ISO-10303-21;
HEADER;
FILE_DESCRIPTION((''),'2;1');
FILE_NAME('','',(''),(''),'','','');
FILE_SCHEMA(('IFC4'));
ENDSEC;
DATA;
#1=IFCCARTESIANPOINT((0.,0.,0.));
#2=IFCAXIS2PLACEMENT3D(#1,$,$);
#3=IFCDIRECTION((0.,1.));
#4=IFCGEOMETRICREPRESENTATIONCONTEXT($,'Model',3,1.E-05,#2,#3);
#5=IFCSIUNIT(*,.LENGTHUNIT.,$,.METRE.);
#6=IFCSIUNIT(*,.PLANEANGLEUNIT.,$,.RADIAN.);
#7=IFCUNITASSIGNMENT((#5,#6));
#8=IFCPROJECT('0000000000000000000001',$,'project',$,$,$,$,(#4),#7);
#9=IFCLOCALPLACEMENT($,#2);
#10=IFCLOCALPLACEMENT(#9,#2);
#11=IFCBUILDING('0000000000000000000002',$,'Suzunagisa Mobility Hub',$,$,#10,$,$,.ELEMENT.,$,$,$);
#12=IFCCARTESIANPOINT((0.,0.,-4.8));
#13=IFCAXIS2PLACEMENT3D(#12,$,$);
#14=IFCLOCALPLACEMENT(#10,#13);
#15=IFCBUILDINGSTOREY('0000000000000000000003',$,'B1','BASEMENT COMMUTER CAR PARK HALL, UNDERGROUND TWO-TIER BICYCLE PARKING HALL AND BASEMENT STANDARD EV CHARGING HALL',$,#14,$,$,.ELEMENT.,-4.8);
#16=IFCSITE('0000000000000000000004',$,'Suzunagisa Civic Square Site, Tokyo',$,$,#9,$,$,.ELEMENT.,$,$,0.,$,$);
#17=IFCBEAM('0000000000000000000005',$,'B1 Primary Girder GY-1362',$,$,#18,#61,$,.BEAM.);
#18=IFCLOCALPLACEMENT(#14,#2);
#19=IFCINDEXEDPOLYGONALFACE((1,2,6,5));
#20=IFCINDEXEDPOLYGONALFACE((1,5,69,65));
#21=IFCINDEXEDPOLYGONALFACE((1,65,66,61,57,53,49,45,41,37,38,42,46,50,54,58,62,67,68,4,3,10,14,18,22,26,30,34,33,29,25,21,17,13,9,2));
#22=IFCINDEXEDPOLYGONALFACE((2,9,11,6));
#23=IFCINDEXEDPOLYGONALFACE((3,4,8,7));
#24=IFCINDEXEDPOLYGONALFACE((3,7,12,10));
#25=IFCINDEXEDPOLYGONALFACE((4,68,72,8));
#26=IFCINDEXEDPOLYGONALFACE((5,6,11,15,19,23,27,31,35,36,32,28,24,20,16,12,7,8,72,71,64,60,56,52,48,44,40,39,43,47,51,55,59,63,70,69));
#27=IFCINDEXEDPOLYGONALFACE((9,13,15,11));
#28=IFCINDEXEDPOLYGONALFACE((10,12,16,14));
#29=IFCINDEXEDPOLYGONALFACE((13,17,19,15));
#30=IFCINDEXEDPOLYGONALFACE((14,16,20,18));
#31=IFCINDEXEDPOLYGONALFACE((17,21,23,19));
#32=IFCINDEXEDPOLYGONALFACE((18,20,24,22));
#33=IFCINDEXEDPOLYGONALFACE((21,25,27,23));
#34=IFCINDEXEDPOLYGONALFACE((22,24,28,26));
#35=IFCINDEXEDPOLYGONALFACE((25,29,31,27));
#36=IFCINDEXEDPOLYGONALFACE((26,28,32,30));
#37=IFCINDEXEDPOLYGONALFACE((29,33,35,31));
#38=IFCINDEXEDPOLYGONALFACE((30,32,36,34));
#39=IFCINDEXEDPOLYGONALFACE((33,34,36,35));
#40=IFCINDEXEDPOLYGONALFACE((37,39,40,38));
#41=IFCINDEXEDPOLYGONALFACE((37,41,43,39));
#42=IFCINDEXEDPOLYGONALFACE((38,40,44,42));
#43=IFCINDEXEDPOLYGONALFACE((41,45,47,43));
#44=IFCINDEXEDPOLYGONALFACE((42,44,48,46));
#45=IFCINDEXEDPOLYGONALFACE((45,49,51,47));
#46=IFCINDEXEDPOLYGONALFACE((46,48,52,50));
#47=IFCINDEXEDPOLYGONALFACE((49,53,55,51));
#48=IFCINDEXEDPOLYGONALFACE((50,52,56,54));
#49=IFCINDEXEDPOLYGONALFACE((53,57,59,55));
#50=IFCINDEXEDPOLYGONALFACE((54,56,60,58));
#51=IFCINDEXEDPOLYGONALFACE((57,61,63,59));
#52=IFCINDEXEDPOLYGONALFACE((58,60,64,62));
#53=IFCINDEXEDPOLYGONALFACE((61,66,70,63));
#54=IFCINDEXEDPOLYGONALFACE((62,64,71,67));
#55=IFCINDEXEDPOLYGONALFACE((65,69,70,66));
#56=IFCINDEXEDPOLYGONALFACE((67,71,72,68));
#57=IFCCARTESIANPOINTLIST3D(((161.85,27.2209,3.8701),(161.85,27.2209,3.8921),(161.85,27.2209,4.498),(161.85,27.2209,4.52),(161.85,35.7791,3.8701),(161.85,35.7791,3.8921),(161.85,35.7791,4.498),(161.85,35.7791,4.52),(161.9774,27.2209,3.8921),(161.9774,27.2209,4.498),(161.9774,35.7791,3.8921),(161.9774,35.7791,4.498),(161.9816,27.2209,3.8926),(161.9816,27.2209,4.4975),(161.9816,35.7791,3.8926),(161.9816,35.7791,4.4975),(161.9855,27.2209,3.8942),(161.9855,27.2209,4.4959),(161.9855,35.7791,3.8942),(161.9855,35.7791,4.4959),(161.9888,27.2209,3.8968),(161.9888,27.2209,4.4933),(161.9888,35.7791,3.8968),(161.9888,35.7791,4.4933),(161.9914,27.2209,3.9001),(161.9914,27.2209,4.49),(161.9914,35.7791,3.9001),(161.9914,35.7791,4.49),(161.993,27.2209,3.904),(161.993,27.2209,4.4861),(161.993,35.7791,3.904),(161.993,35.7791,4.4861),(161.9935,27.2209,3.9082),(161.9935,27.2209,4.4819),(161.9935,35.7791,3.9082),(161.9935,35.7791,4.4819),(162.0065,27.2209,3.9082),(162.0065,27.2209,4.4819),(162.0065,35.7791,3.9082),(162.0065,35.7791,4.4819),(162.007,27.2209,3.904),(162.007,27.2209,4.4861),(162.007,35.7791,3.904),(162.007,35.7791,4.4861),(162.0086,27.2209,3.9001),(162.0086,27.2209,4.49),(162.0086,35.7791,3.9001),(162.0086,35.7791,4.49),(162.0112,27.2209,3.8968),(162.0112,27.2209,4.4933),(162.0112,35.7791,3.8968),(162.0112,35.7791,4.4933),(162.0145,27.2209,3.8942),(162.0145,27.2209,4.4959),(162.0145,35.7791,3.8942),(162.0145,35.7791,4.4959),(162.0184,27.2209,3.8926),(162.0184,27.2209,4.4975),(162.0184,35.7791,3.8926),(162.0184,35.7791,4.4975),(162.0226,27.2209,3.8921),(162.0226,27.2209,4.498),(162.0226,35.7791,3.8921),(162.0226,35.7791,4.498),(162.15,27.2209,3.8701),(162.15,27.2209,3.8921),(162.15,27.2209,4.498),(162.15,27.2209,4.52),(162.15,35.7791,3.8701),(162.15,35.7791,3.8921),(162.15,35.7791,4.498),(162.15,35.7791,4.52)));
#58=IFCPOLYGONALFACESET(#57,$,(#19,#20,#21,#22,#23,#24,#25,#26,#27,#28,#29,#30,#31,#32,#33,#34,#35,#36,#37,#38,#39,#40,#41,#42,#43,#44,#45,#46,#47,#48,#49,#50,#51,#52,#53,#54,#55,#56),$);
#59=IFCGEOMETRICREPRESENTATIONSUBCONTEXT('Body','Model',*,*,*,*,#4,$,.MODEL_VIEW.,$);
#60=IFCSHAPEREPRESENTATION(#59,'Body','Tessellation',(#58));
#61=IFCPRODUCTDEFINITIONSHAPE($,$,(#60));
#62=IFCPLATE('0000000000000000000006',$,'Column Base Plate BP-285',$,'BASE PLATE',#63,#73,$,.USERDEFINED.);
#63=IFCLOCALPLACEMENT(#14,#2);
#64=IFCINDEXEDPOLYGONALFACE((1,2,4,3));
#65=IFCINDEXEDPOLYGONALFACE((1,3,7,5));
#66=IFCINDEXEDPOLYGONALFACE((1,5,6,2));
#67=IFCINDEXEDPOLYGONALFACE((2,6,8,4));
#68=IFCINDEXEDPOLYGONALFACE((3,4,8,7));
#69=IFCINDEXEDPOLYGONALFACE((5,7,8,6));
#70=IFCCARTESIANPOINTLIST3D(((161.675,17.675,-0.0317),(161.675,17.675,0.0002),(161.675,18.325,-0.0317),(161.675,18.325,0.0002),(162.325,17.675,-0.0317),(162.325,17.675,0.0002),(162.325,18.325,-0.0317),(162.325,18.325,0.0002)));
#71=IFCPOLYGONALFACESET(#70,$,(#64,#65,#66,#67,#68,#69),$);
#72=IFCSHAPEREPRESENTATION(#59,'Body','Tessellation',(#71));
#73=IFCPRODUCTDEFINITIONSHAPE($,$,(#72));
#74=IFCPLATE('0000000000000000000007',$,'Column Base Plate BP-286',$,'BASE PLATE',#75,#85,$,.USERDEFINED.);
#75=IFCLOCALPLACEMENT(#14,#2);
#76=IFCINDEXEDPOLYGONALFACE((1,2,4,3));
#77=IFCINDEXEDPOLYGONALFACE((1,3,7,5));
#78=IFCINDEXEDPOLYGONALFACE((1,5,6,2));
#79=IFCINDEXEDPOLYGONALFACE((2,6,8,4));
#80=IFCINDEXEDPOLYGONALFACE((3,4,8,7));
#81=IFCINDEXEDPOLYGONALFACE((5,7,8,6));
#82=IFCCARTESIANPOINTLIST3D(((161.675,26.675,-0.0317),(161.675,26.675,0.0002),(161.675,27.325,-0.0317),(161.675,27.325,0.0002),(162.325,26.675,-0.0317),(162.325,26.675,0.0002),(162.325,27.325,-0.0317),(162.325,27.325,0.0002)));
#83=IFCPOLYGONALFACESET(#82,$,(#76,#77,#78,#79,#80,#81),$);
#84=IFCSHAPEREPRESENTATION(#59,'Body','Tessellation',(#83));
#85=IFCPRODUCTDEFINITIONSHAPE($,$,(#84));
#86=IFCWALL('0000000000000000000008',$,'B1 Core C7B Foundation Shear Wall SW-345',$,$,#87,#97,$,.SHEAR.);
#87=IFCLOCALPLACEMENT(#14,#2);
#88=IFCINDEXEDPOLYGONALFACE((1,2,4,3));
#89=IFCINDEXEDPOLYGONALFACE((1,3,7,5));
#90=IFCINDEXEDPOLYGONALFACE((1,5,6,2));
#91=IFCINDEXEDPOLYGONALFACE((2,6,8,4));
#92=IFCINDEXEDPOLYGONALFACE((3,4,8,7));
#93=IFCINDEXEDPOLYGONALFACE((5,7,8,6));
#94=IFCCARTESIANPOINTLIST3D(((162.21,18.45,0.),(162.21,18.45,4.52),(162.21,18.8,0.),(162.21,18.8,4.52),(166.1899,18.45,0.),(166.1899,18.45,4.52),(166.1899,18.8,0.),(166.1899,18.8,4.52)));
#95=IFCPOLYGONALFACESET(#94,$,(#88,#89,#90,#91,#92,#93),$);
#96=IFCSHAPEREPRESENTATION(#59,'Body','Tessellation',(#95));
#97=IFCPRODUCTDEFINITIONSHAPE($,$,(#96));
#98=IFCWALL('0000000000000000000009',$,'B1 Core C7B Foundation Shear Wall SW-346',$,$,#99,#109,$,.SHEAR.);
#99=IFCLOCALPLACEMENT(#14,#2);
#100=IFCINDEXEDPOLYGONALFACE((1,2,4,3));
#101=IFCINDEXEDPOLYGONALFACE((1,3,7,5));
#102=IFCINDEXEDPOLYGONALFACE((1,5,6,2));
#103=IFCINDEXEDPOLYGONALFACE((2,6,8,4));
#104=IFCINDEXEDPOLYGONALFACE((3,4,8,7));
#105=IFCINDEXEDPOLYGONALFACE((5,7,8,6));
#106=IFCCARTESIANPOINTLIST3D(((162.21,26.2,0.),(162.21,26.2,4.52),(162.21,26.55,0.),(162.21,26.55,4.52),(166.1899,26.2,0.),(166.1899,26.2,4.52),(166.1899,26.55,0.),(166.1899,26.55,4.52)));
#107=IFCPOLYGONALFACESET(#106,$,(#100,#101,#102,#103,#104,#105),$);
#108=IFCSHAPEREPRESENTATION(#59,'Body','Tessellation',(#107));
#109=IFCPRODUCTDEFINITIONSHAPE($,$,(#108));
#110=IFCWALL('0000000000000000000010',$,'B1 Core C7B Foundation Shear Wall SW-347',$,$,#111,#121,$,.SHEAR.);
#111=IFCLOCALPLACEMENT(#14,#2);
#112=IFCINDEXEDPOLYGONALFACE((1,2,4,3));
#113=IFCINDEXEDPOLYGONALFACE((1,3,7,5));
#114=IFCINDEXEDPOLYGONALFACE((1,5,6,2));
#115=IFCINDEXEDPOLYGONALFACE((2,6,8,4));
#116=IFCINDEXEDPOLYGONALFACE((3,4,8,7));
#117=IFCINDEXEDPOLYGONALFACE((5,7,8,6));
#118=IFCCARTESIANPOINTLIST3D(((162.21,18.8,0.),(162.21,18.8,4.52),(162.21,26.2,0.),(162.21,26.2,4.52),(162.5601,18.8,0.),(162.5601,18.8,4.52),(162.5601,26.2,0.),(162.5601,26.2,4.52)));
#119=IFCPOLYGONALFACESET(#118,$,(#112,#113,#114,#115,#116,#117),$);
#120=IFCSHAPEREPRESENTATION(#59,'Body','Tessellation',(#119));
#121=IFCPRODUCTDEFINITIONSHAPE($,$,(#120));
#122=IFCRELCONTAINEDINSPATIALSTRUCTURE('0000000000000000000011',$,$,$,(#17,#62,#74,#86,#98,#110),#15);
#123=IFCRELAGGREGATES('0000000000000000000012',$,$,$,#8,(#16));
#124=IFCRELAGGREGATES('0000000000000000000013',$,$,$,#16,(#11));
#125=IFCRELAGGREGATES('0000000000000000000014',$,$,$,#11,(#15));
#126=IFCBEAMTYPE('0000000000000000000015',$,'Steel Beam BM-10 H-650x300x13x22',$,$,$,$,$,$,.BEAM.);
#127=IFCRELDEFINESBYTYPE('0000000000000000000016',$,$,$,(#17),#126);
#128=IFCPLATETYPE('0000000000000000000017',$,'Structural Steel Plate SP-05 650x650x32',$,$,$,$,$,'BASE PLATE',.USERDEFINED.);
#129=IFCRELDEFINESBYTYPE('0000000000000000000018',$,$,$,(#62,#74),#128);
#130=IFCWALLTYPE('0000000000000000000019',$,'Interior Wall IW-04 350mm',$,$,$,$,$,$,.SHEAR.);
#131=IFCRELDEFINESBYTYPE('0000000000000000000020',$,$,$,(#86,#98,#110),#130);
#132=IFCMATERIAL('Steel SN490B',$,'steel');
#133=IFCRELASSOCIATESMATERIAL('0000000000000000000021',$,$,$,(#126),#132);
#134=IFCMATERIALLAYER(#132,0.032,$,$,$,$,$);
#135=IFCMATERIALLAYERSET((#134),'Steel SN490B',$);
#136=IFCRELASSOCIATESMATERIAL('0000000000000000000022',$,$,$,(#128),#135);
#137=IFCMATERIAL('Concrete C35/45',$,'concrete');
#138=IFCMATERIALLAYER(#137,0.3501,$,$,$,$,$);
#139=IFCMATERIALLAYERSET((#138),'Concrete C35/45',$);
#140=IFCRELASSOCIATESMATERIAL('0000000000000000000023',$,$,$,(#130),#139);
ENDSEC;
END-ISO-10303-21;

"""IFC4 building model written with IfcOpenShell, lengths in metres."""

from ifc_helpers import new_model, si_unit, direction, frame, frame_2d, origin, origin_2d, place, context, subcontext, project, spatial, rectangle, i_section, extrude, material, layer, layer_set, material_profile, profile_set, type_object, element, save


model = new_model("IFC4")

# Units and contexts
model_context = context("Model", 3, precision=1e-05, world=origin(), true_north=direction((0.0, 1.0)))
body_context = subcontext(model_context, "Body", "Model", "MODEL_VIEW")
ifc_project = project(units=[si_unit("LENGTHUNIT", "METRE"), si_unit("PLANEANGLEUNIT", "RADIAN")], contexts=[model_context])

# Site, building, storey
site_placement = place(None, origin())
site = spatial("IfcSite", under=ifc_project, at=site_placement, Name="Suzunagisa Civic Square Site, Tokyo", CompositionType="ELEMENT", RefElevation=0.0)
building_placement = place(site_placement, origin())
building = spatial("IfcBuilding", under=site, at=building_placement, Name="Suzunagisa Mobility Hub", CompositionType="ELEMENT")
storey_placement = place(building_placement, frame((0.0, 0.0, -4.8)))
storey = spatial("IfcBuildingStorey", under=building, at=storey_placement, Name="B1", Description="BASEMENT COMMUTER CAR PARK HALL, UNDERGROUND TWO-TIER BICYCLE PARKING HALL AND BASEMENT STANDARD EV CHARGING HALL", CompositionType="ELEMENT", Elevation=-4.8)

# Shared definitions
ifc_material_1 = material(Name="Concrete C35/45", Category="concrete")

# Shared definitions
ifc_material_2 = material(Name="Steel SN490B", Category="steel")

# Beam
ifc_material_profile_1 = material_profile(ifc_material_2, i_section(OverallWidth=0.3, OverallDepth=0.6499, WebThickness=0.0129, FlangeThickness=0.022, FilletRadius=0.0161, at=origin_2d()), Name="H-650x300x13x22")
ifc_profile_set_1 = profile_set([ifc_material_profile_1], Name="Steel SN490B")
beam_type_1 = type_object("IfcBeamType", Name="Steel Beam BM-10 H-650x300x13x22", PredefinedType="BEAM", material=ifc_profile_set_1)
for number, where, z_axis, x_axis, name in (
    (1, (162.0, 27.2209, 4.1951), (0.0, 1.0, 0.0), (-1.0, 0.0, 0.0), "B1 Primary Girder GY-1362"),
):
    element("IfcBeam", number, at=place(storey_placement, frame(where, z_axis=z_axis, x_axis=x_axis)), inside=storey, type_object=beam_type_1, Name=name, PredefinedType="BEAM", context=body_context, shape_type="SweptSolid", body=[
        extrude(i_section(OverallWidth=0.3, OverallDepth=0.6499, WebThickness=0.0129, FlangeThickness=0.022, FilletRadius=0.0161, at=origin_2d()), origin(), (0.0, 0.0, 1.0), 8.5581),
    ])

# Plates
ifc_layer_1 = layer(ifc_material_2, 0.032)
ifc_layer_set_1 = layer_set([ifc_layer_1], Name="Steel SN490B")
plate_type = type_object("IfcPlateType", Name="Structural Steel Plate SP-05 650x650x32", ElementType="BASE PLATE", PredefinedType="USERDEFINED", material=ifc_layer_set_1)
for number, where, z_axis, x_axis, name in (
    (2, (162.0, 18.0, -0.0317), (0.0, 0.0, 1.0), (1.0, 0.0, 0.0), "Column Base Plate BP-285"),
    (3, (162.0, 27.0, -0.0317), (0.0, 0.0, 1.0), (1.0, 0.0, 0.0), "Column Base Plate BP-286"),
):
    element("IfcPlate", number, at=place(storey_placement, frame(where, z_axis=z_axis, x_axis=x_axis)), inside=storey, type_object=plate_type, Name=name, ObjectType="BASE PLATE", PredefinedType="USERDEFINED", context=body_context, shape_type="SweptSolid", body=[
        extrude(rectangle(XDim=0.6499, YDim=0.6499, at=origin_2d()), origin(), (0.0, 0.0, 1.0), 0.032),
    ])

# Walls
ifc_layer_2 = layer(ifc_material_1, 0.3501)
ifc_layer_set_2 = layer_set([ifc_layer_2], Name="Concrete C35/45")
wall_type = type_object("IfcWallType", Name="Interior Wall IW-04 350mm", PredefinedType="SHEAR", material=ifc_layer_set_2)
for number, where, z_axis, x_axis, name in (
    (4, (162.21, 18.625, 0.0), (0.0, 0.0, 1.0), (1.0, 0.0, 0.0), "B1 Core C7B Foundation Shear Wall SW-345"),
    (5, (162.21, 26.375, 0.0), (0.0, 0.0, 1.0), (1.0, 0.0, 0.0), "B1 Core C7B Foundation Shear Wall SW-346"),
):
    element("IfcWall", number, at=place(storey_placement, frame(where, z_axis=z_axis, x_axis=x_axis)), inside=storey, type_object=wall_type, Name=name, PredefinedType="SHEAR", context=body_context, shape_type="SweptSolid", body=[
        extrude(rectangle(XDim=3.98, YDim=0.3501, at=frame_2d((1.99, 0.0))), origin(), (0.0, 0.0, 1.0), 4.52),
    ])
wall_placement = place(storey_placement, frame((162.385, 18.8, 0.0), z_axis=(0.0, 0.0, 1.0), x_axis=(0.0, 1.0, 0.0)))
element("IfcWall", 6, at=wall_placement, inside=storey, type_object=wall_type, Name="B1 Core C7B Foundation Shear Wall SW-347", PredefinedType="SHEAR", context=body_context, shape_type="SweptSolid", body=[
    extrude(rectangle(XDim=7.3999, YDim=0.3501, at=frame_2d((3.7, 0.0))), origin(), (0.0, 0.0, 1.0), 4.52),
])

save(model, "model.ifc")
